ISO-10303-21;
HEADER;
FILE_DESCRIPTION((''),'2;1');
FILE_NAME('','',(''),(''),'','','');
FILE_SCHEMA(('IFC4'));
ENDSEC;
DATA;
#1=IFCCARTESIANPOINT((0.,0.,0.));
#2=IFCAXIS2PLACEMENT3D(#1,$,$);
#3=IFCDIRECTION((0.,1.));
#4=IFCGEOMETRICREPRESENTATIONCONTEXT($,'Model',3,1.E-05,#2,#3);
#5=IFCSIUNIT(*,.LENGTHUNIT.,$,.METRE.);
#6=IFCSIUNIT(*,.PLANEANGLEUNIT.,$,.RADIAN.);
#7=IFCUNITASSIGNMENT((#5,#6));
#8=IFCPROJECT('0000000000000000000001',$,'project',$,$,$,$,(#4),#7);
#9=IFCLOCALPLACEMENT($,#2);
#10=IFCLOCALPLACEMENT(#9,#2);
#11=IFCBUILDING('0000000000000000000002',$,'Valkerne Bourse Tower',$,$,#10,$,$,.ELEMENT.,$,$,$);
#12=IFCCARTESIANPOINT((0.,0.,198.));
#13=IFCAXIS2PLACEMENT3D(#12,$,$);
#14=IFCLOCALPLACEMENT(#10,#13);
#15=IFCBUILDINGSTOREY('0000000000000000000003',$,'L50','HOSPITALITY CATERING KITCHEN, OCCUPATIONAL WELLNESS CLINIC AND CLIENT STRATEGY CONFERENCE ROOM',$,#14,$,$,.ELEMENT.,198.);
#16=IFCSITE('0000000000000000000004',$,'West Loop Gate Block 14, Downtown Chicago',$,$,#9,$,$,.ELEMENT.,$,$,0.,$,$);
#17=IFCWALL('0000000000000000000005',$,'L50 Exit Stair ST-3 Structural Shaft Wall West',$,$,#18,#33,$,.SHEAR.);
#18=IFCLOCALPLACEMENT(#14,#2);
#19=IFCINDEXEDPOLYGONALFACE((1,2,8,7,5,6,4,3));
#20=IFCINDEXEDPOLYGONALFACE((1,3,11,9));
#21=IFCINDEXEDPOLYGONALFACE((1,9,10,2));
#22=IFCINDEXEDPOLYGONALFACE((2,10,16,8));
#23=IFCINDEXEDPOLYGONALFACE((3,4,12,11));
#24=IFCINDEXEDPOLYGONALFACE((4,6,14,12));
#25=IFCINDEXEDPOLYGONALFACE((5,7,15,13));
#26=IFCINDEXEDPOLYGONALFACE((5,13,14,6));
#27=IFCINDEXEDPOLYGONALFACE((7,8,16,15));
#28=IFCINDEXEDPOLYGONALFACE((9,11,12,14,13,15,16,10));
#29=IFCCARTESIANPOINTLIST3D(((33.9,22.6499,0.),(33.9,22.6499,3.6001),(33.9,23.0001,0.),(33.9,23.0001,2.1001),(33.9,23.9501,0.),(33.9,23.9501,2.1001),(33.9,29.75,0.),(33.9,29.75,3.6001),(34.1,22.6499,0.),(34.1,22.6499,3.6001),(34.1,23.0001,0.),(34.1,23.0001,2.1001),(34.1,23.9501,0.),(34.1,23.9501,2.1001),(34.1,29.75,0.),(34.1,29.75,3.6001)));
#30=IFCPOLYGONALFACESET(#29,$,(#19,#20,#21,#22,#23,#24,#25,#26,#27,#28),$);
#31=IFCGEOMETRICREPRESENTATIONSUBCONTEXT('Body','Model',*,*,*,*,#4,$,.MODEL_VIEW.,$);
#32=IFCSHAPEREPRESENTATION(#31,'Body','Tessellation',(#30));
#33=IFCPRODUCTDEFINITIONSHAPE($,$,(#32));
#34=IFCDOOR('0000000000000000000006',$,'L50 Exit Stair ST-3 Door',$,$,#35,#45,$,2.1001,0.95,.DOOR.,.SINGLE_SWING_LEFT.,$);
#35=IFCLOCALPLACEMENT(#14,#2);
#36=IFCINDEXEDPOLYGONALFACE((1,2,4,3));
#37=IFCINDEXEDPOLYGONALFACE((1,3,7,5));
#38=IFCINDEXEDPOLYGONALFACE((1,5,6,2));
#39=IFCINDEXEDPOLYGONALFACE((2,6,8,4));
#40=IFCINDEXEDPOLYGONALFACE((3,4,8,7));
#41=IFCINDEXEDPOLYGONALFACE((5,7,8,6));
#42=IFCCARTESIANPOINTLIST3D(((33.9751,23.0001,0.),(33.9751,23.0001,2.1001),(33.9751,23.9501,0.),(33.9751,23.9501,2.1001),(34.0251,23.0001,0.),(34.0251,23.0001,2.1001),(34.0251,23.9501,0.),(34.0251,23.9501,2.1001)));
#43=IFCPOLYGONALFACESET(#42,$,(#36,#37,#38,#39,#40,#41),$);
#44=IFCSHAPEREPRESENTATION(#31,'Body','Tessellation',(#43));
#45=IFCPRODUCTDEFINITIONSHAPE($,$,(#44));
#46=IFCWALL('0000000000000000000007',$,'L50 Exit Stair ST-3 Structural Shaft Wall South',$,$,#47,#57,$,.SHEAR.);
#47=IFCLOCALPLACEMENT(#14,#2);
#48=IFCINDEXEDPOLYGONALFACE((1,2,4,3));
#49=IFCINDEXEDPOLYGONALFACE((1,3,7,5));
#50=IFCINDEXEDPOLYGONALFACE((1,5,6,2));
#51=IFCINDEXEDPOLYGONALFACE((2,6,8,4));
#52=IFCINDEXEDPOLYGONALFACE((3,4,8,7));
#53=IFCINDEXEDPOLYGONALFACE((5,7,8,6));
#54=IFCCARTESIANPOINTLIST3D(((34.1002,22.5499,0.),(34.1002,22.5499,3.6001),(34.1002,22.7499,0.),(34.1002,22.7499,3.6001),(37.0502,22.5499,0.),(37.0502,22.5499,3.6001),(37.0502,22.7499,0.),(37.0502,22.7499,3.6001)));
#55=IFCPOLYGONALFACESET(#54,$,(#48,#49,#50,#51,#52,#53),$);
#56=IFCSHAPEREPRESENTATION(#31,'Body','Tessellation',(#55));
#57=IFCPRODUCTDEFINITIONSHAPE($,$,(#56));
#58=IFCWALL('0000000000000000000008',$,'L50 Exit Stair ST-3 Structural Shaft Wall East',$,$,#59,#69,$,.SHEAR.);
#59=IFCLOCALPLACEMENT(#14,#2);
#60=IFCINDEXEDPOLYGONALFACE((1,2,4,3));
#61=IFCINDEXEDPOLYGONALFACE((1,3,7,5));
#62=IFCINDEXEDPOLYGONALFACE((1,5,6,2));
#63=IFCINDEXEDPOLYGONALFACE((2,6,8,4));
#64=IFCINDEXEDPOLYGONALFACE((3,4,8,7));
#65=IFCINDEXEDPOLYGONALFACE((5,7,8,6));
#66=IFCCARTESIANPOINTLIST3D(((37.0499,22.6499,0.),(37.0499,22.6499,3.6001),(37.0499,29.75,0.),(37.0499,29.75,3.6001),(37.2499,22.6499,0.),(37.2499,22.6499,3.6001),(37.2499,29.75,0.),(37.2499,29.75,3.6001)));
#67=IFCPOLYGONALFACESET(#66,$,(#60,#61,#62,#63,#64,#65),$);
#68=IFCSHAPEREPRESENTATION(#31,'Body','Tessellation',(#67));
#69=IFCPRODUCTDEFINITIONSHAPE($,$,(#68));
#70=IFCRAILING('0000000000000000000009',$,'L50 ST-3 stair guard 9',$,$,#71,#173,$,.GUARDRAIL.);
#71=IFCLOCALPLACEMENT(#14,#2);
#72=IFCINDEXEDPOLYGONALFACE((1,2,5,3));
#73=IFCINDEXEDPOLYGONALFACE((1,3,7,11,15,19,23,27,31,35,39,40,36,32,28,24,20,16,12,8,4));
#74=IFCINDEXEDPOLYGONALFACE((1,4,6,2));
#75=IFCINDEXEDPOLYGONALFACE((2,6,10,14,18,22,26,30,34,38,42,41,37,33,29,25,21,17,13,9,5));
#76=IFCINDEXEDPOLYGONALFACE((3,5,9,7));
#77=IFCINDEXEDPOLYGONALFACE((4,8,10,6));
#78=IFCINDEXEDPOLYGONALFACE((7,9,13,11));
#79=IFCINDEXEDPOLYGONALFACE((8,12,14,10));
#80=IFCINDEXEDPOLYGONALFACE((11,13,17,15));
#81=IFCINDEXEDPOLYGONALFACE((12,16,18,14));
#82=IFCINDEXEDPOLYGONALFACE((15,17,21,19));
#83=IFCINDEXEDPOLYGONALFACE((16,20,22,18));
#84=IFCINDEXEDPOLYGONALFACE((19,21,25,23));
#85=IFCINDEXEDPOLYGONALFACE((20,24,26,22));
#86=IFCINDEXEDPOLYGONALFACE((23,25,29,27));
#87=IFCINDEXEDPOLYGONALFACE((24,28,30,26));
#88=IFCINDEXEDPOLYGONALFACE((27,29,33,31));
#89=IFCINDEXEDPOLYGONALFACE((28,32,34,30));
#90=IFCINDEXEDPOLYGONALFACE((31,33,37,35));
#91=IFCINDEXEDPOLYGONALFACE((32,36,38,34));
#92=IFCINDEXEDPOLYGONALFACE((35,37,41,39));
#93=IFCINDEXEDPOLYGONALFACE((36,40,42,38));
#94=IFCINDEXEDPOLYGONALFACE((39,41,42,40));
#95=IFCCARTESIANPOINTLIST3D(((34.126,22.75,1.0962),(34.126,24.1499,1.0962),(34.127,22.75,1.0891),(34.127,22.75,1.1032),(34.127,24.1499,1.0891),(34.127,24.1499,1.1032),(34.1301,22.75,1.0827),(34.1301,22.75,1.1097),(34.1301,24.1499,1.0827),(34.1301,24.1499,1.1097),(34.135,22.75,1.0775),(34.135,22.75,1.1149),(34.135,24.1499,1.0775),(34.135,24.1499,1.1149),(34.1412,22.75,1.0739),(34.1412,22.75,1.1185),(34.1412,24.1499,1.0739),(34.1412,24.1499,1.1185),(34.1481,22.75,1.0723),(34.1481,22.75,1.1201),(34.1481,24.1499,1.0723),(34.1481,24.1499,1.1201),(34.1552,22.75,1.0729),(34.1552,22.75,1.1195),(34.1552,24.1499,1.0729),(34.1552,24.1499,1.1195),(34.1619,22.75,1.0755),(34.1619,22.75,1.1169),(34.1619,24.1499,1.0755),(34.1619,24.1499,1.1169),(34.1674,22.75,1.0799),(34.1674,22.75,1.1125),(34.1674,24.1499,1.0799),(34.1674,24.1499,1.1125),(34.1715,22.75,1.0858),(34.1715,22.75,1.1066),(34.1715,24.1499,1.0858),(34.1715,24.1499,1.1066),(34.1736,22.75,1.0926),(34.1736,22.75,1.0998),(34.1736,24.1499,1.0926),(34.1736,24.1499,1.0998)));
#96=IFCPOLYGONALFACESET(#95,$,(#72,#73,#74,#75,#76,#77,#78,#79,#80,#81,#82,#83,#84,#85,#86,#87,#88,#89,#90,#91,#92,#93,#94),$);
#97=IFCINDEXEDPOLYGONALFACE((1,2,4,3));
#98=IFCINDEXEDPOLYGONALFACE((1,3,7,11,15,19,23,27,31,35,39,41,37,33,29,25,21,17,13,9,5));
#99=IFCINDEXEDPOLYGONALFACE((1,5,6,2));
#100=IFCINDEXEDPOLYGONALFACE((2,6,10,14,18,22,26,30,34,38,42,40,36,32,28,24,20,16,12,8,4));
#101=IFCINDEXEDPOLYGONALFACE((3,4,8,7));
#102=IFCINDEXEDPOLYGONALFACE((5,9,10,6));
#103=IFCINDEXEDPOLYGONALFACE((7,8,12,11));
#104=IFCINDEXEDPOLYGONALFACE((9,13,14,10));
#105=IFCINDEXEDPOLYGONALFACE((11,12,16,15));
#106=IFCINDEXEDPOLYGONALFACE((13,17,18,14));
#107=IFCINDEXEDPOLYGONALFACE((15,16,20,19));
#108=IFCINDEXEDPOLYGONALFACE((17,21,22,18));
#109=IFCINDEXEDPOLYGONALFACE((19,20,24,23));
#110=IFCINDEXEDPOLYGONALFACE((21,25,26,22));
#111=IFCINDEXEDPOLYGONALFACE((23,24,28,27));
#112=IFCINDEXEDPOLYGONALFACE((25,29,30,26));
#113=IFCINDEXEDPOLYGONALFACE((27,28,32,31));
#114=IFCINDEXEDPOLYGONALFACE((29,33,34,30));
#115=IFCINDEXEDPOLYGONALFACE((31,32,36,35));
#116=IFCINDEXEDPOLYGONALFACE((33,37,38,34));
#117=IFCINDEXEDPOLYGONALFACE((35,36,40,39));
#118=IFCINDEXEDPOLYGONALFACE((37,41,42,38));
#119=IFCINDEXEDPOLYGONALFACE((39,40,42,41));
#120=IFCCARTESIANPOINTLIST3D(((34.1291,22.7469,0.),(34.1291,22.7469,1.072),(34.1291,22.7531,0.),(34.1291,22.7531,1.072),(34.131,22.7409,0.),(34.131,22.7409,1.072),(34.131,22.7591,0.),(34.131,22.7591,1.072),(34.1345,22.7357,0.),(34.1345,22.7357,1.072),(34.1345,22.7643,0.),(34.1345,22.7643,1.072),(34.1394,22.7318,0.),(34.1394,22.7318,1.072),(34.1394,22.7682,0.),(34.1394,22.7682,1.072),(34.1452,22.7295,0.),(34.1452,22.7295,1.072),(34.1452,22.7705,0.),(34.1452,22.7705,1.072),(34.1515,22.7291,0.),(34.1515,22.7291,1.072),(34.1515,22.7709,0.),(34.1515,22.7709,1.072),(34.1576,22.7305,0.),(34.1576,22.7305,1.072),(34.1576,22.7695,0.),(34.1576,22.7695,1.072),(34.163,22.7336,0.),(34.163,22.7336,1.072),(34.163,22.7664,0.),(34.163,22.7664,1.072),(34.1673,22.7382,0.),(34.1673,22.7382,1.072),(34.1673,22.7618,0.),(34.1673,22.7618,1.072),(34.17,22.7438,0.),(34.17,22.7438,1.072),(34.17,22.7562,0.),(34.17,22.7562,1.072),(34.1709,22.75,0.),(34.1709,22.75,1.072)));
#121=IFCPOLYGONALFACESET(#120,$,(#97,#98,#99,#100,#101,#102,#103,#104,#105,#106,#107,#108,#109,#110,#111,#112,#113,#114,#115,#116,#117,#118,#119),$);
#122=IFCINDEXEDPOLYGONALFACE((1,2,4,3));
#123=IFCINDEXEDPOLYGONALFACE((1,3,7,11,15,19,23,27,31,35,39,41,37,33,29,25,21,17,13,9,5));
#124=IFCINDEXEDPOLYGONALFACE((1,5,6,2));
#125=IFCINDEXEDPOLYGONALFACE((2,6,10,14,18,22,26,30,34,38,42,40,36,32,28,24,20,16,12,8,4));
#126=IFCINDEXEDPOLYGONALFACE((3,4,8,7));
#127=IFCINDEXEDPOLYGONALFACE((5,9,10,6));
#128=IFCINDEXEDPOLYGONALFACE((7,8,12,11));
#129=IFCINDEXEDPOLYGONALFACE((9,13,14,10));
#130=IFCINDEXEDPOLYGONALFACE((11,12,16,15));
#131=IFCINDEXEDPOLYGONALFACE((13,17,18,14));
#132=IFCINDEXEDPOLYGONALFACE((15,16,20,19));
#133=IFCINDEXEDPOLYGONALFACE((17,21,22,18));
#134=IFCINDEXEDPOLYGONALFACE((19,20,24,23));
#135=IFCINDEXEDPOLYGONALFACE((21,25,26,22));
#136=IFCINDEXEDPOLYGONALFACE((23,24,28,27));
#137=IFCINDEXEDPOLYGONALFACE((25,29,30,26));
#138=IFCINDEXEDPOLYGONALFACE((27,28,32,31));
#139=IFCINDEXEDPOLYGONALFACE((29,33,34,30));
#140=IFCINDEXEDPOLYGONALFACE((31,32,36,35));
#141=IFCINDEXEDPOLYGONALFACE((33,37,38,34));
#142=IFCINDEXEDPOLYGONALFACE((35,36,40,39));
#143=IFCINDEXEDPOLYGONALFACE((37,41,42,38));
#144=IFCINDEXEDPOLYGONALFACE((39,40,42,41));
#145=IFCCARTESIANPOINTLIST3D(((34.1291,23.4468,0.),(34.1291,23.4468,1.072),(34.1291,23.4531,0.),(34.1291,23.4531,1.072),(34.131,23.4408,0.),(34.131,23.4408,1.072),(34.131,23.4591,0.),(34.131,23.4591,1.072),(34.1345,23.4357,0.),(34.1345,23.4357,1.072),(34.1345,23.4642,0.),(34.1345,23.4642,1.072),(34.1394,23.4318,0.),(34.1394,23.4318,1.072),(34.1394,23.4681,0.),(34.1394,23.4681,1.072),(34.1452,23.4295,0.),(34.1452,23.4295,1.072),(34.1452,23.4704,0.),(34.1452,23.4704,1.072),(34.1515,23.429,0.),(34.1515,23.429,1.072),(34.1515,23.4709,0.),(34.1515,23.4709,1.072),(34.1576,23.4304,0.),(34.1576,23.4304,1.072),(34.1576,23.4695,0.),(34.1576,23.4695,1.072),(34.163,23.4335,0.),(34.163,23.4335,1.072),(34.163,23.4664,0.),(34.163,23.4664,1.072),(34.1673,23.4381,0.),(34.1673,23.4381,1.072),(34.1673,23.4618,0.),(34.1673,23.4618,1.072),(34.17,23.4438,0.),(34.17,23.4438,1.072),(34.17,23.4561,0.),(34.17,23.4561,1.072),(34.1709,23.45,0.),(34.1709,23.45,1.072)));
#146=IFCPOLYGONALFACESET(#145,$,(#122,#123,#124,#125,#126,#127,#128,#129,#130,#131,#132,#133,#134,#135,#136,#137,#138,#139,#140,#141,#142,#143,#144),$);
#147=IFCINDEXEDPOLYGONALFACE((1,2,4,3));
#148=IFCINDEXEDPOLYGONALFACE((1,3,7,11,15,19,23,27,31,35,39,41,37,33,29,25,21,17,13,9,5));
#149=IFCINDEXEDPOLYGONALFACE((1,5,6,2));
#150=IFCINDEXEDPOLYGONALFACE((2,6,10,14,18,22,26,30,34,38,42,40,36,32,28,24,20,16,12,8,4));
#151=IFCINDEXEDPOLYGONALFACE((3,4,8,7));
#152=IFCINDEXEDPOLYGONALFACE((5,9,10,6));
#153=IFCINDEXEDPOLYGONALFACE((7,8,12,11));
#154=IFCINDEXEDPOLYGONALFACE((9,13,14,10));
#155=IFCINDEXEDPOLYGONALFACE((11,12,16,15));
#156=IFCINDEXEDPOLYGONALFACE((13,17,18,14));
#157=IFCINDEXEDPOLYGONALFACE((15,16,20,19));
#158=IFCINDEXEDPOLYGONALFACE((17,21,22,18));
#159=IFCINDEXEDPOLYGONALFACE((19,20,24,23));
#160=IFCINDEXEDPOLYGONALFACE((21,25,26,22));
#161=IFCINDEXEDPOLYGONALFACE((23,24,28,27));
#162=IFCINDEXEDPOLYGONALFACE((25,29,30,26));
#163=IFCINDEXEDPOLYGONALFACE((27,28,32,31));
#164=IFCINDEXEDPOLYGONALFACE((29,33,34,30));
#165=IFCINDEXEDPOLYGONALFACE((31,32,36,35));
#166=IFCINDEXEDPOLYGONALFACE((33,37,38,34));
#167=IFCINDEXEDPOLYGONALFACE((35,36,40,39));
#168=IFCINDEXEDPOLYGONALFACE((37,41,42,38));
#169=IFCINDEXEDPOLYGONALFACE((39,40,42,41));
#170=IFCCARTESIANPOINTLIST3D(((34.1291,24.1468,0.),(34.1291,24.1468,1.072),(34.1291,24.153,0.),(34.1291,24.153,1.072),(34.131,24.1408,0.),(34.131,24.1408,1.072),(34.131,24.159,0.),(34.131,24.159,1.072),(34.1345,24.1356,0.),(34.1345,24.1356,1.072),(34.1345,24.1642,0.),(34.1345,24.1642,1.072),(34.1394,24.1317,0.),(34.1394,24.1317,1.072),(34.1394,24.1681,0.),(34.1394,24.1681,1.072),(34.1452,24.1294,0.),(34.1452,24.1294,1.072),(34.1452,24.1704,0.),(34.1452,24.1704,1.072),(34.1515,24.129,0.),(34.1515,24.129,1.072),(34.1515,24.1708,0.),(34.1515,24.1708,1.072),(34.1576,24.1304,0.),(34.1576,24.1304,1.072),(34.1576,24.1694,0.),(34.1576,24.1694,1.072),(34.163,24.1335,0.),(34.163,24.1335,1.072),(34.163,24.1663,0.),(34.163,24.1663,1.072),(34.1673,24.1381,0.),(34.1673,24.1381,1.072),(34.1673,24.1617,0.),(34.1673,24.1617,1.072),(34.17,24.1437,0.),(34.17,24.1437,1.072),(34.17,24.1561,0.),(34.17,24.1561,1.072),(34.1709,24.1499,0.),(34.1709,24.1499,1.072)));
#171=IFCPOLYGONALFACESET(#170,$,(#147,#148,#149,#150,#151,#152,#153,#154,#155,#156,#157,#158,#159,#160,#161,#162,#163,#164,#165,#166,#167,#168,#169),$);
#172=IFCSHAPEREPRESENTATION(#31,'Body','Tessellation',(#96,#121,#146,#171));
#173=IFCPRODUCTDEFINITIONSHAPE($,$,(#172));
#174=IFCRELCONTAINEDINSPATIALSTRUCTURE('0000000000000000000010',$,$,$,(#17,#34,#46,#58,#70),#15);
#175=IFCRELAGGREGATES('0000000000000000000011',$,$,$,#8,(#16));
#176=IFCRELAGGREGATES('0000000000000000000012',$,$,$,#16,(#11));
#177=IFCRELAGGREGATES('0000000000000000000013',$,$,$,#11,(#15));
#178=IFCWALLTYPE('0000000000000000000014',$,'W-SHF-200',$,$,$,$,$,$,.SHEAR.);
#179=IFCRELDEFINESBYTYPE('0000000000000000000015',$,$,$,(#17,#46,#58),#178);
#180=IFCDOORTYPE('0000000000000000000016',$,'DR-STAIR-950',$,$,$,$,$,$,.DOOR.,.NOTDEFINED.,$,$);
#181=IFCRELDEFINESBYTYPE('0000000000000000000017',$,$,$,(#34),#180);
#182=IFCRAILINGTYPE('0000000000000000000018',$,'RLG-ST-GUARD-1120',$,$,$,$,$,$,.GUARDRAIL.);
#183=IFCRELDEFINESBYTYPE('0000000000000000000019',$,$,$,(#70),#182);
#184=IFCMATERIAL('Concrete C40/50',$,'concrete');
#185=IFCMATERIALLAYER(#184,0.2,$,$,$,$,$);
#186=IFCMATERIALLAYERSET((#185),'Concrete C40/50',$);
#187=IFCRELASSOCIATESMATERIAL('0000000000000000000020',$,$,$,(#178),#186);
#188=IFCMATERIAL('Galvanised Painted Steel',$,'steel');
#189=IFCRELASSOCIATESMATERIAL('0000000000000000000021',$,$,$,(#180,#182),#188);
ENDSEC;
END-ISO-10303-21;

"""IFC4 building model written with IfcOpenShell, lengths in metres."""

from ifc_helpers import new_model, si_unit, direction, frame, frame_2d, origin, origin_2d, place, context, subcontext, project, spatial, rectangle, circle, extrude, material, layer, layer_set, type_object, element, fill, save


model = new_model("IFC4")

# Units and contexts
model_context = context("Model", 3, precision=1e-05, world=origin(), true_north=direction((0.0, 1.0)))
body_context = subcontext(model_context, "Body", "Model", "MODEL_VIEW")
ifc_project = project(units=[si_unit("LENGTHUNIT", "METRE"), si_unit("PLANEANGLEUNIT", "RADIAN")], contexts=[model_context])

# Site, building, storey
site_placement = place(None, origin())
site = spatial("IfcSite", under=ifc_project, at=site_placement, Name="West Loop Gate Block 14, Downtown Chicago", CompositionType="ELEMENT", RefElevation=0.0)
building_placement = place(site_placement, origin())
building = spatial("IfcBuilding", under=site, at=building_placement, Name="Valkerne Bourse Tower", CompositionType="ELEMENT")
storey_placement = place(building_placement, frame((0.0, 0.0, 198.0)))
storey = spatial("IfcBuildingStorey", under=building, at=storey_placement, Name="L50", Description="HOSPITALITY CATERING KITCHEN, OCCUPATIONAL WELLNESS CLINIC AND CLIENT STRATEGY CONFERENCE ROOM", CompositionType="ELEMENT", Elevation=198.0)

# Wall, opening, door
ifc_material_1 = material(Name="Concrete C40/50", Category="concrete")
ifc_layer_1 = layer(ifc_material_1, 0.2)
ifc_layer_set_1 = layer_set([ifc_layer_1], Name="Concrete C40/50")
wall_type_1 = type_object("IfcWallType", Name="W-SHF-200", PredefinedType="SHEAR", material=ifc_layer_set_1)
wall_1_placement = place(storey_placement, frame((34.0, 22.6499, 0.0), z_axis=(0.0, 0.0, 1.0), x_axis=(0.0, 1.0, 0.0)))
wall_1 = element("IfcWall", 1, at=wall_1_placement, inside=storey, type_object=wall_type_1, Name="L50 Exit Stair ST-3 Structural Shaft Wall West", PredefinedType="SHEAR", context=body_context, shape_type="SweptSolid", body=[
    extrude(rectangle(XDim=7.1001, YDim=0.2, at=frame_2d((3.55, 0.0))), origin(), (0.0, 0.0, 1.0), 3.6001),
])
opening_placement = place(wall_1_placement, frame((0.3501, 0.0, 0.0)))
opening = element("IfcOpeningElement", 2, at=opening_placement, cuts=wall_1, PredefinedType="OPENING", context=body_context, shape_type="SweptSolid", body=[
    extrude(rectangle(XDim=0.95, YDim=2.1001, at=frame_2d((0.4751, 1.05))), frame((0.0, 0.1099, 0.0), z_axis=(0.0, -1.0, 0.0), x_axis=(1.0, 0.0, 0.0)), (0.0, 0.0, 1.0), 0.22),
])
ifc_material_2 = material(Name="Galvanised Painted Steel", Category="steel")
door_type = type_object("IfcDoorType", Name="DR-STAIR-950", OperationType="NOTDEFINED", PredefinedType="DOOR", material=ifc_material_2)
door_placement = place(opening_placement, origin())
door = element("IfcDoor", 3, at=door_placement, inside=storey, type_object=door_type, Name="L50 Exit Stair ST-3 Door", OperationType="SINGLE_SWING_LEFT", OverallHeight=2.1001, OverallWidth=0.95, PredefinedType="DOOR", context=body_context, shape_type="SweptSolid", body=[
    extrude(rectangle(XDim=0.95, YDim=2.1001, at=frame_2d((0.4751, 1.05))), frame((0.0, 0.0249, 0.0), z_axis=(0.0, -1.0, 0.0), x_axis=(1.0, 0.0, 0.0)), (0.0, 0.0, 1.0), 0.05),
])
fill(opening, door)

# Walls
wall_2_placement = place(storey_placement, frame((34.1001, 22.6499, 0.0), z_axis=(0.0, 0.0, 1.0), x_axis=(1.0, 0.0, 0.0)))
element("IfcWall", 4, at=wall_2_placement, inside=storey, type_object=wall_type_1, Name="L50 Exit Stair ST-3 Structural Shaft Wall South", PredefinedType="SHEAR", context=body_context, shape_type="SweptSolid", body=[
    extrude(rectangle(XDim=2.95, YDim=0.2, at=frame_2d((1.4751, 0.0))), origin(), (0.0, 0.0, 1.0), 3.6001),
])
wall_3_placement = place(storey_placement, frame((37.1499, 22.6499, 0.0), z_axis=(0.0, 0.0, 1.0), x_axis=(0.0, 1.0, 0.0)))
element("IfcWall", 5, at=wall_3_placement, inside=storey, type_object=wall_type_1, Name="L50 Exit Stair ST-3 Structural Shaft Wall East", PredefinedType="SHEAR", context=body_context, shape_type="SweptSolid", body=[
    extrude(rectangle(XDim=7.1001, YDim=0.2, at=frame_2d((3.55, 0.0))), origin(), (0.0, 0.0, 1.0), 3.6001),
])

# Railing
railing_type = type_object("IfcRailingType", Name="RLG-ST-GUARD-1120", PredefinedType="GUARDRAIL", material=ifc_material_2)
railing_placement = place(storey_placement, frame((34.1499, 22.75, 0.0)))
element("IfcRailing", 6, at=railing_placement, inside=storey, type_object=railing_type, Name="L50 ST-3 stair guard 9", PredefinedType="GUARDRAIL", context=body_context, shape_type="SweptSolid", body=[
    extrude(circle(Radius=0.0239, at=origin_2d()), frame((0.0, 0.0, 1.0962), z_axis=(0.0, 1.0, 0.0), x_axis=(-1.0, 0.0, 0.0)), (0.0, 0.0, 1.0), 1.3999),
    extrude(circle(Radius=0.021, at=origin_2d()), origin(), (0.0, 0.0, 1.0), 1.072),
    extrude(circle(Radius=0.021, at=origin_2d()), frame((0.0, 0.7, 0.0)), (0.0, 0.0, 1.0), 1.072),
    extrude(circle(Radius=0.021, at=origin_2d()), frame((0.0, 1.3999, 0.0)), (0.0, 0.0, 1.0), 1.072),
])

save(model, "model.ifc")
